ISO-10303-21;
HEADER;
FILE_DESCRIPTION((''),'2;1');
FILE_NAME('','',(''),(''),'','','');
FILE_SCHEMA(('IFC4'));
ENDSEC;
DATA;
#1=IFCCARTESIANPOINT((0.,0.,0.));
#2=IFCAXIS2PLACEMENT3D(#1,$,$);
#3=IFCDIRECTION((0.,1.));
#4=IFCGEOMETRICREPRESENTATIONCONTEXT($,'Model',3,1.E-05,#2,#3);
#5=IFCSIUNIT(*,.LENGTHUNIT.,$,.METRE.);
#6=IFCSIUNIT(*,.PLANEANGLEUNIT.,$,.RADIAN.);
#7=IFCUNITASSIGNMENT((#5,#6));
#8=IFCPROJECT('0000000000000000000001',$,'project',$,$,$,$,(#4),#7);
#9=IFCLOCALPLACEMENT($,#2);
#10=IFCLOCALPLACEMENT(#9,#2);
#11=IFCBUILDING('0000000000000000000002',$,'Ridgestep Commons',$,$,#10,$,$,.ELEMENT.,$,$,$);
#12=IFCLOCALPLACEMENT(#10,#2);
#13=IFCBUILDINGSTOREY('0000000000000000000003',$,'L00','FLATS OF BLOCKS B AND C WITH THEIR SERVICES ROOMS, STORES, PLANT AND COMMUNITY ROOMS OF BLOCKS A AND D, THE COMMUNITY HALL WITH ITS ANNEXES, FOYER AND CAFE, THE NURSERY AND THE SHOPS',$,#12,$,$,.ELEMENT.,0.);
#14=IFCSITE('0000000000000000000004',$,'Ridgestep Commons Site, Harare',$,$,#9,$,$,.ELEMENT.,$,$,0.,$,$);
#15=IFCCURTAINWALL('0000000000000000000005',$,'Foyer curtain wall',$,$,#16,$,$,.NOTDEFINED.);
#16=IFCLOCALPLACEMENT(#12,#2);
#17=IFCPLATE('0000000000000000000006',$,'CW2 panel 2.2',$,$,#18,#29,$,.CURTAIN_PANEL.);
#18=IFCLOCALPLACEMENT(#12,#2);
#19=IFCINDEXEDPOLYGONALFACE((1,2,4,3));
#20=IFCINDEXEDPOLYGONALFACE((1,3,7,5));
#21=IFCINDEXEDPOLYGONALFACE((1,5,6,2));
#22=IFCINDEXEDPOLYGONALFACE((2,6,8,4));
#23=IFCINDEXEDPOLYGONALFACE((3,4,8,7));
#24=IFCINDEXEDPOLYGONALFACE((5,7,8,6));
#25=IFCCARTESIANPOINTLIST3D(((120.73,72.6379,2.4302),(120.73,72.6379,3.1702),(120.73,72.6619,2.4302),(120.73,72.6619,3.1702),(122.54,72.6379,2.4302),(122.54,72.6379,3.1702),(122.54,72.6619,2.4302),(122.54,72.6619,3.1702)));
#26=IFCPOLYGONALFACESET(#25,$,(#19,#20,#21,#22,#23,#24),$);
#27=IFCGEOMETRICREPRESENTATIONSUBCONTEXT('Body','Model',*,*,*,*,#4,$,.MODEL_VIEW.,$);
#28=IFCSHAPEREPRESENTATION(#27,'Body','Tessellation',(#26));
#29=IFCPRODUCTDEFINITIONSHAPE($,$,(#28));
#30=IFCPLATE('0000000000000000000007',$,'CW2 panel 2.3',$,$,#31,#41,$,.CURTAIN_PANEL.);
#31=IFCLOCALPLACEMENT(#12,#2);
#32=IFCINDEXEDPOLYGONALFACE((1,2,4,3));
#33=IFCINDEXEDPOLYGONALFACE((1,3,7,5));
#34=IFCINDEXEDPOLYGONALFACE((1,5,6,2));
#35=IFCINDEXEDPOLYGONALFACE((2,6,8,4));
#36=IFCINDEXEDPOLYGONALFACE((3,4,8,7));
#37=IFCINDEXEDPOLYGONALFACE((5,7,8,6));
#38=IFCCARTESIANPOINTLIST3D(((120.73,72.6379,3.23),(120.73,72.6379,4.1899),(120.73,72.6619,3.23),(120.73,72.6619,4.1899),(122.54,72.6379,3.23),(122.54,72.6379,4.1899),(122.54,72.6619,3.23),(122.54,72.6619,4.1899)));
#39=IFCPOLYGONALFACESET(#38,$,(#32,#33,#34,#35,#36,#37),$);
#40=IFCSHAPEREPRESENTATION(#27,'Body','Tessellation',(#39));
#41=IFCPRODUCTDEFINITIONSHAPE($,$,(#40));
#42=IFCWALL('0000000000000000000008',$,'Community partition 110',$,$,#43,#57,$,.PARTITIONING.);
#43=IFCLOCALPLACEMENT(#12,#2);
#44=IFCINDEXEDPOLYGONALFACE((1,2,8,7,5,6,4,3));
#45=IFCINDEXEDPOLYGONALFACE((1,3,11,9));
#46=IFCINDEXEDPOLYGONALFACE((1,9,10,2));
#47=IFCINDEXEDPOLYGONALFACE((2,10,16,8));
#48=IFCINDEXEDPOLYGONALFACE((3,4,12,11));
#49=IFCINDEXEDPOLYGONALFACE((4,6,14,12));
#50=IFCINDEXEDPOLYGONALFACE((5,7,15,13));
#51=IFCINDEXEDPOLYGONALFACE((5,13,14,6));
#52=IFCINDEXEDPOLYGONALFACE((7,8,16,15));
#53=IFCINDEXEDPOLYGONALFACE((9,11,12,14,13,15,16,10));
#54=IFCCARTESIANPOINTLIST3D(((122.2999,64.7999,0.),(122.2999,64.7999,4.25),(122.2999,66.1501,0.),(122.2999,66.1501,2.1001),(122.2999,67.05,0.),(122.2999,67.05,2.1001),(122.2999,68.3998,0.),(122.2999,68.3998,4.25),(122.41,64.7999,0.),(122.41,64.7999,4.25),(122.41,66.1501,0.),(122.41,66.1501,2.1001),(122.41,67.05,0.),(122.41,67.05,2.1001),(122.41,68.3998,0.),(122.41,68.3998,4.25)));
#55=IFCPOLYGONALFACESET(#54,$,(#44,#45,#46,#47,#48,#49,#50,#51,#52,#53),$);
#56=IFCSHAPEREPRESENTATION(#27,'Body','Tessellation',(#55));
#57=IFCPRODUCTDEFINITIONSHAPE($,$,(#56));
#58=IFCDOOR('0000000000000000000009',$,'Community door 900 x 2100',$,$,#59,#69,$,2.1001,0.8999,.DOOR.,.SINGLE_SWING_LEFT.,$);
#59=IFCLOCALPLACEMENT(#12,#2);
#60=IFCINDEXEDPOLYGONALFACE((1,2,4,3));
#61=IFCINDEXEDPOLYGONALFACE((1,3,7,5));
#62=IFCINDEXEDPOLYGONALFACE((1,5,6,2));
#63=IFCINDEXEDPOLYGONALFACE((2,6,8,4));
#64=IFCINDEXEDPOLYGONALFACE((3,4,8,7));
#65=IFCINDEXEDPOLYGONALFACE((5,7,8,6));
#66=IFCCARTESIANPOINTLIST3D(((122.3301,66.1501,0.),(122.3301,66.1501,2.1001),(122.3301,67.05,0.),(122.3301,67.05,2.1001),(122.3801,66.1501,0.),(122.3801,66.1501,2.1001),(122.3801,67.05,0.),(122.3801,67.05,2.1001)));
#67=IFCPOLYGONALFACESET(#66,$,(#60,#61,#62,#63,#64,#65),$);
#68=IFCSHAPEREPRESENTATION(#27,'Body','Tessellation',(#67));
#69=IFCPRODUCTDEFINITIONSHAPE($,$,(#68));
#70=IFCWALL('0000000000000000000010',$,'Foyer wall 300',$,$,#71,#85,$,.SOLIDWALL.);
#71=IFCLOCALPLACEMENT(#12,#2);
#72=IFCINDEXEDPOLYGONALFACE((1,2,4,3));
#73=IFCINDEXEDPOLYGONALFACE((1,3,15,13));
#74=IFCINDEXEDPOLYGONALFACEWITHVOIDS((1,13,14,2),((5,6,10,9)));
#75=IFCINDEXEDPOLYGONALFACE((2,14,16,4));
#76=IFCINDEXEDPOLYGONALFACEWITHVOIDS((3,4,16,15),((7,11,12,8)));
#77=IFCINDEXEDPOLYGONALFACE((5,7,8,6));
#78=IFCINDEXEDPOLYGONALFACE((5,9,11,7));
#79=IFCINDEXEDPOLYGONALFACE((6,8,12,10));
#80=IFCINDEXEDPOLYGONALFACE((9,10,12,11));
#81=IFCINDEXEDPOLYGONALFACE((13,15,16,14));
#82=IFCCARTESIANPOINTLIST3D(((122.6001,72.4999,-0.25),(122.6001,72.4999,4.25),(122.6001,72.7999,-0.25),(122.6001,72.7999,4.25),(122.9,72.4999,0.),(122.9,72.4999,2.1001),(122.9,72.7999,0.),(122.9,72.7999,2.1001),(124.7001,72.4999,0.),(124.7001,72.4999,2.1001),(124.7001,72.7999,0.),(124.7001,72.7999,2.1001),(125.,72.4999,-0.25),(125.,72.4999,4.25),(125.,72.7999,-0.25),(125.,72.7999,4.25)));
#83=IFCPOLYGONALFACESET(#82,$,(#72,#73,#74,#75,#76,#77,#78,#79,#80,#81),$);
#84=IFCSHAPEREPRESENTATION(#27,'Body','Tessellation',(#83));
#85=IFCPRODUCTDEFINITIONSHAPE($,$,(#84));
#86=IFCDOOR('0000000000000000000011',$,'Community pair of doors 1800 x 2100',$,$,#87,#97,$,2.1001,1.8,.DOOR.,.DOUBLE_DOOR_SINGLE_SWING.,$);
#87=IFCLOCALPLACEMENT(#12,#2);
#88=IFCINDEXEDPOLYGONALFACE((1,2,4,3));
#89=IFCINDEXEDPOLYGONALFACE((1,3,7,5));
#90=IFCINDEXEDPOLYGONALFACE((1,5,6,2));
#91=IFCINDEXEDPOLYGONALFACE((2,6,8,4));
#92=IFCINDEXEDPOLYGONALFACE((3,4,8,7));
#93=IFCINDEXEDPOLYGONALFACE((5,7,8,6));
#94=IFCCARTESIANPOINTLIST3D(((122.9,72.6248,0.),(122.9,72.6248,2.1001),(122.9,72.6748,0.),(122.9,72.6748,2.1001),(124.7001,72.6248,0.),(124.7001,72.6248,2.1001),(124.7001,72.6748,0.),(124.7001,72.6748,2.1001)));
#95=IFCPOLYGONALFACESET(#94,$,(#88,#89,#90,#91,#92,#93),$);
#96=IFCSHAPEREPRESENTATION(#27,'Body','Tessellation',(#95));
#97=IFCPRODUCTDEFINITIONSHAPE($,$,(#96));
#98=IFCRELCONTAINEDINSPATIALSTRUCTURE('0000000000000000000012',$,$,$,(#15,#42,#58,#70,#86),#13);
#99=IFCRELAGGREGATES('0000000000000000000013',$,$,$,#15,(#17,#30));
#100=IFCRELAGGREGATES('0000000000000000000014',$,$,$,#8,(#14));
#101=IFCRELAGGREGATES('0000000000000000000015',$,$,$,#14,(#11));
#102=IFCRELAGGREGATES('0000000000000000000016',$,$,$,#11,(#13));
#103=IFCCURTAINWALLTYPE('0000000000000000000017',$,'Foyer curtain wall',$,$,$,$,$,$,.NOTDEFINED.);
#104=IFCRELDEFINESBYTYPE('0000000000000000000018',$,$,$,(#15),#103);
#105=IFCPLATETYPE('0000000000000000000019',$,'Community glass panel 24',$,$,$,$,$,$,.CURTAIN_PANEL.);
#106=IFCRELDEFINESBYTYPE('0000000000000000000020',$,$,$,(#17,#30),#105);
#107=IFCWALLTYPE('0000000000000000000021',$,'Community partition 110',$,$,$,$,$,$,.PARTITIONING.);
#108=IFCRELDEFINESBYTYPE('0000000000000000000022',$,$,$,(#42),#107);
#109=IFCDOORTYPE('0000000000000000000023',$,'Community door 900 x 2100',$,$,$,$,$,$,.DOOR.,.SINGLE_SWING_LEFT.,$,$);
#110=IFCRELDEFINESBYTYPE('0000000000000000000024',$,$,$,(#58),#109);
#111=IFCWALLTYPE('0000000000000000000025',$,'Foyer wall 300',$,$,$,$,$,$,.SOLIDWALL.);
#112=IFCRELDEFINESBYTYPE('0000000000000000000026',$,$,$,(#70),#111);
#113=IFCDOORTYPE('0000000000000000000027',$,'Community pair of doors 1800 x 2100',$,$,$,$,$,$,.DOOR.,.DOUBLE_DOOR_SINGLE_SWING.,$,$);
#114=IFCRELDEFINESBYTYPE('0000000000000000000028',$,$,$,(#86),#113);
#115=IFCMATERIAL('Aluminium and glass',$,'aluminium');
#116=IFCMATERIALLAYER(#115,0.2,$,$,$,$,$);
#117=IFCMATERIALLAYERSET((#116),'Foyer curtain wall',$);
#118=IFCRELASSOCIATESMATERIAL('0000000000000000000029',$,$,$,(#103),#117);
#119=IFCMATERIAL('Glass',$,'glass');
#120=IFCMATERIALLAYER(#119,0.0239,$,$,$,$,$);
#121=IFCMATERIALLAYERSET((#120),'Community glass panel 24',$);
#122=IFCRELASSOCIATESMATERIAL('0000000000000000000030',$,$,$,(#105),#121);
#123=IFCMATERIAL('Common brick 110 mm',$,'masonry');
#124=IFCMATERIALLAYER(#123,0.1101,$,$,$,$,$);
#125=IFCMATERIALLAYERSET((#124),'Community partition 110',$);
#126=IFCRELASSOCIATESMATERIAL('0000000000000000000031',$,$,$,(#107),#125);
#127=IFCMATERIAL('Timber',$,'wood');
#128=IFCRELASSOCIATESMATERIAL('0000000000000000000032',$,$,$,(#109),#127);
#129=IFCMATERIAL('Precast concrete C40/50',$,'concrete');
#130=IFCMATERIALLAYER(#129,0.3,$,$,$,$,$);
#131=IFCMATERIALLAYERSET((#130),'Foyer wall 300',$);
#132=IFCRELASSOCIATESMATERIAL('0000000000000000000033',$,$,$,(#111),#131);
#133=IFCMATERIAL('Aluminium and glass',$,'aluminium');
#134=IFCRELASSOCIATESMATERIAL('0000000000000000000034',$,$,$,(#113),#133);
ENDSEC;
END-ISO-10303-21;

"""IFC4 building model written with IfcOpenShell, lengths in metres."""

from ifc_helpers import new_model, si_unit, direction, frame, frame_2d, origin, origin_2d, place, context, subcontext, project, spatial, rectangle, extrude, material, layer, layer_set, type_object, element, fill, aggregate, save


model = new_model("IFC4")

# Units and contexts
model_context = context("Model", 3, precision=1e-05, world=origin(), true_north=direction((0.0, 1.0)))
body_context = subcontext(model_context, "Body", "Model", "MODEL_VIEW")
ifc_project = project(units=[si_unit("LENGTHUNIT", "METRE"), si_unit("PLANEANGLEUNIT", "RADIAN")], contexts=[model_context])

# Site, building, storey
site_placement = place(None, origin())
site = spatial("IfcSite", under=ifc_project, at=site_placement, Name="Ridgestep Commons Site, Harare", CompositionType="ELEMENT", RefElevation=0.0)
building_placement = place(site_placement, origin())
building = spatial("IfcBuilding", under=site, at=building_placement, Name="Ridgestep Commons", CompositionType="ELEMENT")
storey_placement = place(building_placement, origin())
storey = spatial("IfcBuildingStorey", under=building, at=storey_placement, Name="L00", Description="FLATS OF BLOCKS B AND C WITH THEIR SERVICES ROOMS, STORES, PLANT AND COMMUNITY ROOMS OF BLOCKS A AND D, THE COMMUNITY HALL WITH ITS ANNEXES, FOYER AND CAFE, THE NURSERY AND THE SHOPS", CompositionType="ELEMENT", Elevation=0.0)

# Curtain wall
ifc_material_1 = material(Name="Aluminium and glass", Category="aluminium")
ifc_layer_1 = layer(ifc_material_1, 0.2)
ifc_layer_set_1 = layer_set([ifc_layer_1], Name="Foyer curtain wall")
curtain_wall_type = type_object("IfcCurtainWallType", Name="Foyer curtain wall", PredefinedType="NOTDEFINED", material=ifc_layer_set_1)
curtain_wall_1_placement = place(storey_placement, origin())
curtain_wall_1 = element("IfcCurtainWall", 1, at=curtain_wall_1_placement, inside=storey, type_object=curtain_wall_type, Name="Foyer curtain wall", PredefinedType="NOTDEFINED")

# Plates
ifc_material_2 = material(Name="Glass", Category="glass")
ifc_layer_2 = layer(ifc_material_2, 0.0239)
ifc_layer_set_2 = layer_set([ifc_layer_2], Name="Community glass panel 24")
plate_type = type_object("IfcPlateType", Name="Community glass panel 24", PredefinedType="CURTAIN_PANEL", material=ifc_layer_set_2)
plate_1_placement = place(storey_placement, frame((121.635, 72.6499, 2.4302), z_axis=(0.0, 0.0, 1.0), x_axis=(1.0, 0.0, 0.0)))
plate_1 = element("IfcPlate", 2, at=plate_1_placement, type_object=plate_type, Name="CW2 panel 2.2", PredefinedType="CURTAIN_PANEL", context=body_context, shape_type="SweptSolid", body=[
    extrude(rectangle(XDim=1.8101, YDim=0.0239, at=origin_2d()), origin(), (0.0, 0.0, 1.0), 0.74),
])
plate_2_placement = place(storey_placement, frame((121.635, 72.6499, 3.23), z_axis=(0.0, 0.0, 1.0), x_axis=(1.0, 0.0, 0.0)))
plate_2 = element("IfcPlate", 3, at=plate_2_placement, type_object=plate_type, Name="CW2 panel 2.3", PredefinedType="CURTAIN_PANEL", context=body_context, shape_type="SweptSolid", body=[
    extrude(rectangle(XDim=1.8101, YDim=0.0239, at=origin_2d()), origin(), (0.0, 0.0, 1.0), 0.96),
])
aggregate(curtain_wall_1, [plate_1, plate_2])

# Walls, openings, doors
ifc_material_3 = material(Name="Common brick 110 mm", Category="masonry")
ifc_layer_3 = layer(ifc_material_3, 0.1101)
ifc_layer_set_3 = layer_set([ifc_layer_3], Name="Community partition 110")
wall_type_1 = type_object("IfcWallType", Name="Community partition 110", PredefinedType="PARTITIONING", material=ifc_layer_set_3)
wall_1_placement = place(storey_placement, frame((122.355, 64.8, 0.0), z_axis=(0.0, 0.0, 1.0), x_axis=(0.0, 1.0, 0.0)))
wall_1 = element("IfcWall", 4, at=wall_1_placement, inside=storey, type_object=wall_type_1, Name="Community partition 110", PredefinedType="PARTITIONING", context=body_context, shape_type="SweptSolid", body=[
    extrude(rectangle(XDim=3.5999, YDim=0.1101, at=frame_2d((1.7998, 0.0))), origin(), (0.0, 0.0, 1.0), 4.25),
])
opening_1_placement = place(wall_1_placement, frame((1.3501, 0.0, 0.0)))
opening_1 = element("IfcOpeningElement", 5, at=opening_1_placement, cuts=wall_1, PredefinedType="OPENING", context=body_context, shape_type="SweptSolid", body=[
    extrude(rectangle(XDim=0.8999, YDim=2.1001, at=frame_2d((0.45, 1.05))), frame((0.0, 0.0649, 0.0), z_axis=(0.0, -1.0, 0.0), x_axis=(1.0, 0.0, 0.0)), (0.0, 0.0, 1.0), 0.1301),
])
ifc_material_4 = material(Name="Timber", Category="wood")
door_type_1 = type_object("IfcDoorType", Name="Community door 900 x 2100", OperationType="SINGLE_SWING_LEFT", PredefinedType="DOOR", material=ifc_material_4)
door_1_placement = place(opening_1_placement, origin())
door_1 = element("IfcDoor", 6, at=door_1_placement, inside=storey, type_object=door_type_1, Name="Community door 900 x 2100", OperationType="SINGLE_SWING_LEFT", OverallHeight=2.1001, OverallWidth=0.8999, PredefinedType="DOOR", context=body_context, shape_type="SweptSolid", body=[
    extrude(rectangle(XDim=0.8999, YDim=2.1001, at=frame_2d((0.45, 1.05))), frame((0.0, 0.0249, 0.0), z_axis=(0.0, -1.0, 0.0), x_axis=(1.0, 0.0, 0.0)), (0.0, 0.0, 1.0), 0.05),
])
fill(opening_1, door_1)
ifc_material_5 = material(Name="Precast concrete C40/50", Category="concrete")
ifc_layer_4 = layer(ifc_material_5, 0.3)
ifc_layer_set_4 = layer_set([ifc_layer_4], Name="Foyer wall 300")
wall_type_2 = type_object("IfcWallType", Name="Foyer wall 300", PredefinedType="SOLIDWALL", material=ifc_layer_set_4)
wall_2_placement = place(storey_placement, frame((122.6001, 72.6499, -0.25), z_axis=(0.0, 0.0, 1.0), x_axis=(1.0, 0.0, 0.0)))
wall_2 = element("IfcWall", 7, at=wall_2_placement, inside=storey, type_object=wall_type_2, Name="Foyer wall 300", PredefinedType="SOLIDWALL", context=body_context, shape_type="SweptSolid", body=[
    extrude(rectangle(XDim=2.3999, YDim=0.3, at=frame_2d((1.2, 0.0))), origin(), (0.0, 0.0, 1.0), 4.5),
])
opening_2_placement = place(wall_2_placement, frame((0.3, 0.0, 0.25)))
opening_2 = element("IfcOpeningElement", 8, at=opening_2_placement, cuts=wall_2, PredefinedType="OPENING", context=body_context, shape_type="SweptSolid", body=[
    extrude(rectangle(XDim=1.8, YDim=2.1001, at=frame_2d((0.8999, 1.05))), frame((0.0, 0.1599, 0.0), z_axis=(0.0, -1.0, 0.0), x_axis=(1.0, 0.0, 0.0)), (0.0, 0.0, 1.0), 0.3201),
])
ifc_material_6 = material(Name="Aluminium and glass", Category="aluminium")
door_type_2 = type_object("IfcDoorType", Name="Community pair of doors 1800 x 2100", OperationType="DOUBLE_DOOR_SINGLE_SWING", PredefinedType="DOOR", material=ifc_material_6)
door_2_placement = place(opening_2_placement, origin())
door_2 = element("IfcDoor", 9, at=door_2_placement, inside=storey, type_object=door_type_2, Name="Community pair of doors 1800 x 2100", OperationType="DOUBLE_DOOR_SINGLE_SWING", OverallHeight=2.1001, OverallWidth=1.8, PredefinedType="DOOR", context=body_context, shape_type="SweptSolid", body=[
    extrude(rectangle(XDim=1.8, YDim=2.1001, at=frame_2d((0.8999, 1.05))), frame((0.0, 0.0249, 0.0), z_axis=(0.0, -1.0, 0.0), x_axis=(1.0, 0.0, 0.0)), (0.0, 0.0, 1.0), 0.05),
])
fill(opening_2, door_2)

save(model, "model.ifc")
